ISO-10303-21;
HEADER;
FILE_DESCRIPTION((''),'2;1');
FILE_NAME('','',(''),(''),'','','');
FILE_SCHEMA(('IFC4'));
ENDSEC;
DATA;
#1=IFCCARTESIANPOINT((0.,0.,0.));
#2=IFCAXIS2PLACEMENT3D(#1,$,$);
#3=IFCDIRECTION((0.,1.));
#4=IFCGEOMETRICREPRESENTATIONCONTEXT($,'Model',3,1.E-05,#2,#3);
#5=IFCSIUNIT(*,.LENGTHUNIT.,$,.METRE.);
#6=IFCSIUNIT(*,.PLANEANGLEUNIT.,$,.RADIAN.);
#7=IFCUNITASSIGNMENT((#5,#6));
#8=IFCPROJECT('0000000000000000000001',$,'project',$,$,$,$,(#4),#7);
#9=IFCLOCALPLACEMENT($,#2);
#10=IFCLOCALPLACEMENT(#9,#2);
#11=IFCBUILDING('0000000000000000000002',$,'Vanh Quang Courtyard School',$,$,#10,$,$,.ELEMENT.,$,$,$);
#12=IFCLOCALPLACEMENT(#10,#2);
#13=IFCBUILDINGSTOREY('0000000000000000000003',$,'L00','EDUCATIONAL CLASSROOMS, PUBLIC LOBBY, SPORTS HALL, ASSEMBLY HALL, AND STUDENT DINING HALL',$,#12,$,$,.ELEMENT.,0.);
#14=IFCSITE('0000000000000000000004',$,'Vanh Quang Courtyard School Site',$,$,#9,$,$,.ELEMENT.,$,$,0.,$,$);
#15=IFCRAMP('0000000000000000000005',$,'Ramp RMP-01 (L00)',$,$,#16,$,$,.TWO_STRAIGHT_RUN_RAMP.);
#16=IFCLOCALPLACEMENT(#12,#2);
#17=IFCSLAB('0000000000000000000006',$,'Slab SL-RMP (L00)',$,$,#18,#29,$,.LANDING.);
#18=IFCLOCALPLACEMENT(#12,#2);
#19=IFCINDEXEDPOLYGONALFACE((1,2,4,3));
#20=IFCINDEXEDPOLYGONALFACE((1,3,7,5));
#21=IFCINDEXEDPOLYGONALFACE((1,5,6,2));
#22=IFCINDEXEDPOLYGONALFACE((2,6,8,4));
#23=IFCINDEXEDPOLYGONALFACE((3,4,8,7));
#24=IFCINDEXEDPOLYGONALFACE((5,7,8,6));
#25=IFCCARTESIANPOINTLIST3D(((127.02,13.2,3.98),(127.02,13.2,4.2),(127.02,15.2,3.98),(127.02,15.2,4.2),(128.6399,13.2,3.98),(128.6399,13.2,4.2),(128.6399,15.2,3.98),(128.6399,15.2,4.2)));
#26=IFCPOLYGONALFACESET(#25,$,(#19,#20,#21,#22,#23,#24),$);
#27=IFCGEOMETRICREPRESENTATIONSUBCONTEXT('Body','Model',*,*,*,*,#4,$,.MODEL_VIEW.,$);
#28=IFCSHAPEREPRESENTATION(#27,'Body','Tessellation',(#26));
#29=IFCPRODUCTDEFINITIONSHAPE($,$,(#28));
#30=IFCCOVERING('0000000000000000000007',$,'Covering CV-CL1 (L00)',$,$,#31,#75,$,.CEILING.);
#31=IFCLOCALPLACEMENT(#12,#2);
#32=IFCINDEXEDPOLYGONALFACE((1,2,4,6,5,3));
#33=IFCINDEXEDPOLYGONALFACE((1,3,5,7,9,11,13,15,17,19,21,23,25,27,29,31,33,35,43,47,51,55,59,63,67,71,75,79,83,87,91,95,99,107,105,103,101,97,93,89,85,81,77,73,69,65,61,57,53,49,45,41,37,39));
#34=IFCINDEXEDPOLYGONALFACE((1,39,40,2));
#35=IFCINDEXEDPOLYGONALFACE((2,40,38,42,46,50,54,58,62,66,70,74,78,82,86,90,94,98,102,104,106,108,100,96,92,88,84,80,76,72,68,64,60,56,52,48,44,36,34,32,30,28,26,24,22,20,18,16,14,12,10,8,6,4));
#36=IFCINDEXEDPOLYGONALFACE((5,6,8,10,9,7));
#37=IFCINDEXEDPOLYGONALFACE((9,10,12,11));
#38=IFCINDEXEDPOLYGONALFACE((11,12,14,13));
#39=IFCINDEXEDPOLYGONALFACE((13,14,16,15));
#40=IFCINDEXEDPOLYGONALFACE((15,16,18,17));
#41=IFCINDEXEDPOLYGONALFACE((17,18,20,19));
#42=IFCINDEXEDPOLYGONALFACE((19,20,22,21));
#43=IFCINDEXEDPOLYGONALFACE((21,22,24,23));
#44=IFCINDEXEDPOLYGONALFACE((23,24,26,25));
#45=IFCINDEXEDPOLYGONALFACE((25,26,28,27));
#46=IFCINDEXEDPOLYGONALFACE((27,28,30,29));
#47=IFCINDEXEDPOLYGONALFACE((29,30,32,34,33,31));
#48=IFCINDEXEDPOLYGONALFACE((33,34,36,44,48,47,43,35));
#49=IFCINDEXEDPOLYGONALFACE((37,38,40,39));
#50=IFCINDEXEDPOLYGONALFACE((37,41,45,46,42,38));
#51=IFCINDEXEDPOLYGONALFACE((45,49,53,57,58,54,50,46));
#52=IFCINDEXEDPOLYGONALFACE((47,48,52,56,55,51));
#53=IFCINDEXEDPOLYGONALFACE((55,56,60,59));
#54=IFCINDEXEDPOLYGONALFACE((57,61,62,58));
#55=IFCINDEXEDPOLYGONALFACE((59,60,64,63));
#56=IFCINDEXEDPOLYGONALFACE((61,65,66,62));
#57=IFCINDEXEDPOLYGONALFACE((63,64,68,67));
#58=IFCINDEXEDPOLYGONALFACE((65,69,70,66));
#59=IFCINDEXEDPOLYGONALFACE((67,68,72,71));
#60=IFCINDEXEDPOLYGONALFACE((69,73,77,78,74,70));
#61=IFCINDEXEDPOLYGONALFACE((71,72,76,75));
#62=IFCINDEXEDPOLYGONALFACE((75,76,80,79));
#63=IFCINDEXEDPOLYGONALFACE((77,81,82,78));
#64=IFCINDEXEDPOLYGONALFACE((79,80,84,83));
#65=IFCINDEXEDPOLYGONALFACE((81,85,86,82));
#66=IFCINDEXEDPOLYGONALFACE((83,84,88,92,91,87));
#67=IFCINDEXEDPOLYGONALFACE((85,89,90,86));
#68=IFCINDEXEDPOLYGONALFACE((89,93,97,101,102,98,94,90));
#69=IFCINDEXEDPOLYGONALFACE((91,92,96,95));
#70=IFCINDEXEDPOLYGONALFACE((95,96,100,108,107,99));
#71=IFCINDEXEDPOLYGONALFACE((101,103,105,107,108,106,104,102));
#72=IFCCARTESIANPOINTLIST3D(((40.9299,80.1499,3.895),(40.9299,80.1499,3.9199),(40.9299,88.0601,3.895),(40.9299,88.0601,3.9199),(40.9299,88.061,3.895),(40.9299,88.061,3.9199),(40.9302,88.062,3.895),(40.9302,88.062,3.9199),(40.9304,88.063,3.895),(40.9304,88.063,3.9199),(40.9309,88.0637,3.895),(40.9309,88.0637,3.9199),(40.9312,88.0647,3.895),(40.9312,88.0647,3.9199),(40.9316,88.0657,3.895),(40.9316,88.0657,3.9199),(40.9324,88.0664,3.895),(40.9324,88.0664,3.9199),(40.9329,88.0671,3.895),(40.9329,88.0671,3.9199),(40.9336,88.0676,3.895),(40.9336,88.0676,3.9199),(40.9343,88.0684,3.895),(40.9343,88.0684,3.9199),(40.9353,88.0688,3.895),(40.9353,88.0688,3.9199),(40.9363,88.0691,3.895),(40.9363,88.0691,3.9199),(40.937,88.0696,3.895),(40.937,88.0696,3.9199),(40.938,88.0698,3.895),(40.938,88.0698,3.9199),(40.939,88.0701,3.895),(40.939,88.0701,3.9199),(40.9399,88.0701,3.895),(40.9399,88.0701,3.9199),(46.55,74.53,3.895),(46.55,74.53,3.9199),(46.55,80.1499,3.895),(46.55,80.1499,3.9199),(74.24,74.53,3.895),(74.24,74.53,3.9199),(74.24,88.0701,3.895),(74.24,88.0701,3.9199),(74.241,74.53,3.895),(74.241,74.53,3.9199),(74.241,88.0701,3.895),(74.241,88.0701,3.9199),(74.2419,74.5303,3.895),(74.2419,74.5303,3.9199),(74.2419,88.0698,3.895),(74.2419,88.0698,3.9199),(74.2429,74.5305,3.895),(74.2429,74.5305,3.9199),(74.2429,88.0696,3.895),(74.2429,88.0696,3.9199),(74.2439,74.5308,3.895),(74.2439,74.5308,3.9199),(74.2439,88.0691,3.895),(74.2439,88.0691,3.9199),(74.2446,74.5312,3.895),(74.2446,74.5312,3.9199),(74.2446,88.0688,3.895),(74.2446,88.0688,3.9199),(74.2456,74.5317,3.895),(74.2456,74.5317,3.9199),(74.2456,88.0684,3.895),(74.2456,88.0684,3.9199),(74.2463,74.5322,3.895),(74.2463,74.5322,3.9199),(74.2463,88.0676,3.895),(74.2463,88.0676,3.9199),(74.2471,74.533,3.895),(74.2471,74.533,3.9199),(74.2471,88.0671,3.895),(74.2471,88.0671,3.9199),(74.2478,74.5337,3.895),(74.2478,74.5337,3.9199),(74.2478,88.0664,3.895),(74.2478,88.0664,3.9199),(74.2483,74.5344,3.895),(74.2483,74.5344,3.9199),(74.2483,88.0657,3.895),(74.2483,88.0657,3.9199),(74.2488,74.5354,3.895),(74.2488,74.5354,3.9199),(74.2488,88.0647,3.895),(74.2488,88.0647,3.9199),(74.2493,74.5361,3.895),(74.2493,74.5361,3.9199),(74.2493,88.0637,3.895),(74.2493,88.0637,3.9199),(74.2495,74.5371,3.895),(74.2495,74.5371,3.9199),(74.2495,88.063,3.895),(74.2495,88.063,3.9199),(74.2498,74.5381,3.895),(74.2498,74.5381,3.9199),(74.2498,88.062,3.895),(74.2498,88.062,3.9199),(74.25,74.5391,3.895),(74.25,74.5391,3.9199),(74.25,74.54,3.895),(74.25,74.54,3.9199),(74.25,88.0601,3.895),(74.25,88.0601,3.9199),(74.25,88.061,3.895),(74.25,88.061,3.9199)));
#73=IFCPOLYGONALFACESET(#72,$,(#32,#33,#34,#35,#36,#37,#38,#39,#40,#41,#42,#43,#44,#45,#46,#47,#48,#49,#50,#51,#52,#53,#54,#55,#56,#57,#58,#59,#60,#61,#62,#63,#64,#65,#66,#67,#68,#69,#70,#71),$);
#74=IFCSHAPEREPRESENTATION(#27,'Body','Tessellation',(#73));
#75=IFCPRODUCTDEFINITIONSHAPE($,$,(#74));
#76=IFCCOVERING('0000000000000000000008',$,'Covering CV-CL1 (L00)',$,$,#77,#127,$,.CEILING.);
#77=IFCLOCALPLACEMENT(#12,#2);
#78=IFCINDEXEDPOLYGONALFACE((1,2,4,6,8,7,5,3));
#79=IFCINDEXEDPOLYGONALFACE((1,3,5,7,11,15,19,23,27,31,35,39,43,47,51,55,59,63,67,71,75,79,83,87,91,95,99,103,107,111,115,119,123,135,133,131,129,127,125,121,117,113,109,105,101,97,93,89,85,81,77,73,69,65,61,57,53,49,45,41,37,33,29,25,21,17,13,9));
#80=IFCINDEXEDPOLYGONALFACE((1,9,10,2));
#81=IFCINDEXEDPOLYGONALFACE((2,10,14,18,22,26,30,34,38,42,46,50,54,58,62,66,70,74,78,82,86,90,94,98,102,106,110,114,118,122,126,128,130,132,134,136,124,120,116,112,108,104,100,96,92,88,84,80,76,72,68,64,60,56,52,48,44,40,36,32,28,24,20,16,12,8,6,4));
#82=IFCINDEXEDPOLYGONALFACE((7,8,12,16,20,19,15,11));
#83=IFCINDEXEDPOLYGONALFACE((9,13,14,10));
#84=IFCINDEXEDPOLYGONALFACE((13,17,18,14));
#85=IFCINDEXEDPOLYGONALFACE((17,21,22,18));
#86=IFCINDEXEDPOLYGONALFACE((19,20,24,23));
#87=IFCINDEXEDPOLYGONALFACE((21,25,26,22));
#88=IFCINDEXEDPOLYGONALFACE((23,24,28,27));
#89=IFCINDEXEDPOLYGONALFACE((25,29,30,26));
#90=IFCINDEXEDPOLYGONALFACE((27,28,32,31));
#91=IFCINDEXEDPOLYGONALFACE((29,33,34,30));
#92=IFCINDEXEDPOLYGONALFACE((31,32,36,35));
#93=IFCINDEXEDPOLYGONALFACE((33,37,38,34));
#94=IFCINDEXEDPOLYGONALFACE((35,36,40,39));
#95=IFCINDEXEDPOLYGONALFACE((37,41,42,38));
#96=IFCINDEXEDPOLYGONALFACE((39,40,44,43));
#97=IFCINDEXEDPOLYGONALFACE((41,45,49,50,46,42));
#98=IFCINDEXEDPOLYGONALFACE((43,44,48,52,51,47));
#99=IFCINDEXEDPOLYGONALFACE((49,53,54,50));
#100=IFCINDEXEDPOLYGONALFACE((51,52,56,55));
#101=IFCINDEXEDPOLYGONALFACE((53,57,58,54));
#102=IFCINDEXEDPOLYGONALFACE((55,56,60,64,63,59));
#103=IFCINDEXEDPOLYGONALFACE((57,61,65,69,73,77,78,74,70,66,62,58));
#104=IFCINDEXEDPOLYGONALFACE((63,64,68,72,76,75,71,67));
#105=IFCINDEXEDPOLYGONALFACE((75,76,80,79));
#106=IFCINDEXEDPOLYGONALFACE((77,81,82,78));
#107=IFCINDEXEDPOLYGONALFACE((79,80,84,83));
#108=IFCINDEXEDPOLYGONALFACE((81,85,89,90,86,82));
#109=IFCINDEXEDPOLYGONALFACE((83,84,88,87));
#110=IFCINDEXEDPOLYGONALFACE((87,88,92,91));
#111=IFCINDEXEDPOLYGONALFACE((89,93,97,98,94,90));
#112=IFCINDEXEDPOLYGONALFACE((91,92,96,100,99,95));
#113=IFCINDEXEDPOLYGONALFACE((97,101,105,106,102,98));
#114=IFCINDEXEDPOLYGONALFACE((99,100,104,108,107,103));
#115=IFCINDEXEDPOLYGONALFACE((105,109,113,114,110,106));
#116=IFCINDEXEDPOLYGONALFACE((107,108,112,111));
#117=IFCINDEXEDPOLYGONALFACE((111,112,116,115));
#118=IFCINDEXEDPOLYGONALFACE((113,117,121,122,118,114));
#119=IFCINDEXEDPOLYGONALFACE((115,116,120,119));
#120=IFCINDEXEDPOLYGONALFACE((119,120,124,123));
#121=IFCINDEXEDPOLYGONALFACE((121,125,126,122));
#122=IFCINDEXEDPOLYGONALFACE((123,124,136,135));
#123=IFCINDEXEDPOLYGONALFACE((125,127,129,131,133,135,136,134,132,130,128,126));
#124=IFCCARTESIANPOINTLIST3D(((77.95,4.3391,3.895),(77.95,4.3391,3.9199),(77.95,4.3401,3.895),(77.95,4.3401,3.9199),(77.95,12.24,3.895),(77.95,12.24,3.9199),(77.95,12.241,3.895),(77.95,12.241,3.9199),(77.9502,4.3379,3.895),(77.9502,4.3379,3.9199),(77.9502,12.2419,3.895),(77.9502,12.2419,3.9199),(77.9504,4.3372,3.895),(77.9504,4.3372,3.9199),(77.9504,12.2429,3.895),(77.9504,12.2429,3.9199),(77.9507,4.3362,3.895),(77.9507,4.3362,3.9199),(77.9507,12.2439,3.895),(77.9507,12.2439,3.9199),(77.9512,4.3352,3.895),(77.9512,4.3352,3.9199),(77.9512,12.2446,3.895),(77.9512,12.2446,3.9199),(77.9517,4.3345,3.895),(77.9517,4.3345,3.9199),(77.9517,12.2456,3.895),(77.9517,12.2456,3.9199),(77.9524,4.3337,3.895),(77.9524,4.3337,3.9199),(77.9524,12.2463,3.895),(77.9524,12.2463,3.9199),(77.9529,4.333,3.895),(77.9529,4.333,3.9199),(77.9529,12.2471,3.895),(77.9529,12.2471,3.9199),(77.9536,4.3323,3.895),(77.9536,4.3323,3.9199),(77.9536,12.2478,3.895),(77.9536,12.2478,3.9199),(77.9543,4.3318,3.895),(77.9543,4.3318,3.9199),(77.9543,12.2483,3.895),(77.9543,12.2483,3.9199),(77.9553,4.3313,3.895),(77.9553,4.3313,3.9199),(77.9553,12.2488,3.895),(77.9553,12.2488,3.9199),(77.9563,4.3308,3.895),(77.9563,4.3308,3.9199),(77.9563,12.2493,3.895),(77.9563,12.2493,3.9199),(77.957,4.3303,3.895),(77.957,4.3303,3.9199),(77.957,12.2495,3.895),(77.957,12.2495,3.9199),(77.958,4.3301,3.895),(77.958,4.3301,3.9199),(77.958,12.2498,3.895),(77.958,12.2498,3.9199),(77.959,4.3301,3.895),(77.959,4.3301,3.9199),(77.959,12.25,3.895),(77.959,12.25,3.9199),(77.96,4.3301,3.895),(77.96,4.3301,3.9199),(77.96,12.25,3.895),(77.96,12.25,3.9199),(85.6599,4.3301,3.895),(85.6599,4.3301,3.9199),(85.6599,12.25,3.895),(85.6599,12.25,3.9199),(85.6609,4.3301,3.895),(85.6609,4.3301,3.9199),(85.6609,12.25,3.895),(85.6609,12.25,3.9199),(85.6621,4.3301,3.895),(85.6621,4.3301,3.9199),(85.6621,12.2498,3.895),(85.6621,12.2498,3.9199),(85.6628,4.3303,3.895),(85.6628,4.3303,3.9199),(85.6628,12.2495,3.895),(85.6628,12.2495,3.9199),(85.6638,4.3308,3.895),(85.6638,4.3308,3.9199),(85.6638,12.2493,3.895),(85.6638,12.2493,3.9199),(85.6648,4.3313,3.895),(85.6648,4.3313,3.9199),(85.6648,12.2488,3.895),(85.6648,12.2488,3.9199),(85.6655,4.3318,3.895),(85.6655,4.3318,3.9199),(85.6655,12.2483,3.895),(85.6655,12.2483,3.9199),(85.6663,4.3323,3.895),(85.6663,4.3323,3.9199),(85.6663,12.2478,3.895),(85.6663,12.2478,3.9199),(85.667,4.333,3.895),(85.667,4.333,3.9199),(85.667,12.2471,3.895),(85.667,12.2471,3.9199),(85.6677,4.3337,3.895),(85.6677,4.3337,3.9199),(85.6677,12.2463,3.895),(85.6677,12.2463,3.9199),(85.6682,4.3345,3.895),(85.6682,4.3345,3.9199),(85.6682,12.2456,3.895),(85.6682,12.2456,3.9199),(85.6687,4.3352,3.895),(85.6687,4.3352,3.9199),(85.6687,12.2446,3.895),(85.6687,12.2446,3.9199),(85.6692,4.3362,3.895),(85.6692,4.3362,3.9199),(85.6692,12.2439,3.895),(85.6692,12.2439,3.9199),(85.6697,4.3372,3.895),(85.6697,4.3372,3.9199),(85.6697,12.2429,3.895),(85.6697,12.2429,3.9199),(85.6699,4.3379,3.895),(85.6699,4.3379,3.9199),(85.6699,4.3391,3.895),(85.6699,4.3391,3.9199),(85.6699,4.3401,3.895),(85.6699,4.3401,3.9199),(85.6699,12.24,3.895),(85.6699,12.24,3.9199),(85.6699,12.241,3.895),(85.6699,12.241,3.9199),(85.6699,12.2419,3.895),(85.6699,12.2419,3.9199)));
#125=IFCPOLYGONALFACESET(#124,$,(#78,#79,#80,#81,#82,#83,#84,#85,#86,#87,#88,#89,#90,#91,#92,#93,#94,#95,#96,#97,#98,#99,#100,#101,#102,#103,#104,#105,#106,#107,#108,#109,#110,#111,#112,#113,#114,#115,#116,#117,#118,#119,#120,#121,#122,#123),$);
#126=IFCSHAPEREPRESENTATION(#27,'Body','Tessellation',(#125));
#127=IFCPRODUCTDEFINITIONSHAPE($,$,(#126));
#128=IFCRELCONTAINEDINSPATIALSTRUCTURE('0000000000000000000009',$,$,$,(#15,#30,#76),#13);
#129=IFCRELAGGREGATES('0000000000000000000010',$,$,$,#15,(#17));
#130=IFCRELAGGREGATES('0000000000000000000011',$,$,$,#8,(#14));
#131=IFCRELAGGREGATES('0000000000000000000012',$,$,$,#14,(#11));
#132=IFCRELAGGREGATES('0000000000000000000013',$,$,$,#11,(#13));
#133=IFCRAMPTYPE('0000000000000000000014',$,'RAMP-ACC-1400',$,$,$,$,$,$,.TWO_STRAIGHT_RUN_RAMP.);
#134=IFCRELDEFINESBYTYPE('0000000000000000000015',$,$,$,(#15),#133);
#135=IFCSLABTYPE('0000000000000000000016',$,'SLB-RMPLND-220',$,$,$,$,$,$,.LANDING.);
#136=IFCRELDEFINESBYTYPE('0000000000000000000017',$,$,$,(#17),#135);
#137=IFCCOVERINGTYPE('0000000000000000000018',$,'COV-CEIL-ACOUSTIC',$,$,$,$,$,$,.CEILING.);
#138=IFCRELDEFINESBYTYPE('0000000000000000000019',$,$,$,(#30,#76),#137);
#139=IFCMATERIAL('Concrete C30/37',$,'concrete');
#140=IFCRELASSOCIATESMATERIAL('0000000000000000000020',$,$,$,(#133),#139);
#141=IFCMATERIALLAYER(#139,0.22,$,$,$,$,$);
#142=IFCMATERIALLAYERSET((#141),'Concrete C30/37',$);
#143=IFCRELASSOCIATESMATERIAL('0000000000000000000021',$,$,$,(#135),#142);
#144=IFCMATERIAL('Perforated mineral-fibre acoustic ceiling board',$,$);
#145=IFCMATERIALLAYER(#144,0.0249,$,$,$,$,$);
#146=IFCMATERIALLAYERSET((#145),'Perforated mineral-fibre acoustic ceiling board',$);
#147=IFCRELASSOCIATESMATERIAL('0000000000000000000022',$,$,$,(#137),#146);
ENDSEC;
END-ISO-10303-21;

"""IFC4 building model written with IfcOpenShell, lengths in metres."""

from ifc_helpers import new_model, si_unit, direction, frame, origin, place, context, subcontext, project, spatial, polyline, outline, extrude, material, layer, layer_set, type_object, element, aggregate, save


model = new_model("IFC4")

# Units and contexts
model_context = context("Model", 3, precision=1e-05, world=origin(), true_north=direction((0.0, 1.0)))
body_context = subcontext(model_context, "Body", "Model", "MODEL_VIEW")
ifc_project = project(units=[si_unit("LENGTHUNIT", "METRE"), si_unit("PLANEANGLEUNIT", "RADIAN")], contexts=[model_context])

# Site, building, storey
site_placement = place(None, origin())
site = spatial("IfcSite", under=ifc_project, at=site_placement, Name="Vanh Quang Courtyard School Site", CompositionType="ELEMENT", RefElevation=0.0)
building_placement = place(site_placement, origin())
building = spatial("IfcBuilding", under=site, at=building_placement, Name="Vanh Quang Courtyard School", CompositionType="ELEMENT")
storey_placement = place(building_placement, origin())
storey = spatial("IfcBuildingStorey", under=building, at=storey_placement, Name="L00", Description="EDUCATIONAL CLASSROOMS, PUBLIC LOBBY, SPORTS HALL, ASSEMBLY HALL, AND STUDENT DINING HALL", CompositionType="ELEMENT", Elevation=0.0)

# Ramp, slab
ifc_material_1 = material(Name="Concrete C30/37", Category="concrete")
ramp_type = type_object("IfcRampType", Name="RAMP-ACC-1400", PredefinedType="TWO_STRAIGHT_RUN_RAMP", material=ifc_material_1)
ramp_placement = place(storey_placement, origin())
ramp = element("IfcRamp", 1, at=ramp_placement, inside=storey, type_object=ramp_type, Name="Ramp RMP-01 (L00)", PredefinedType="TWO_STRAIGHT_RUN_RAMP")
ifc_layer_1 = layer(ifc_material_1, 0.22)
ifc_layer_set_1 = layer_set([ifc_layer_1], Name="Concrete C30/37")
slab_type = type_object("IfcSlabType", Name="SLB-RMPLND-220", PredefinedType="LANDING", material=ifc_layer_set_1)
slab_placement = place(storey_placement, frame((0.0, 0.0, 3.98)))
slab = element("IfcSlab", 2, at=slab_placement, type_object=slab_type, Name="Slab SL-RMP (L00)", PredefinedType="LANDING", context=body_context, shape_type="SweptSolid", body=[
    extrude(outline(polyline([(128.6399, 13.2), (128.6399, 15.2), (127.02, 15.2), (127.02, 13.2), (128.6399, 13.2)])), origin(), (0.0, 0.0, 1.0), 0.22),
])
aggregate(ramp, [slab])

# Coverings
ifc_material_2 = material(Name="Perforated mineral-fibre acoustic ceiling board")
ifc_layer_2 = layer(ifc_material_2, 0.0249)
ifc_layer_set_2 = layer_set([ifc_layer_2], Name="Perforated mineral-fibre acoustic ceiling board")
covering_type = type_object("IfcCoveringType", Name="COV-CEIL-ACOUSTIC", PredefinedType="CEILING", material=ifc_layer_set_2)
covering_1_placement = place(storey_placement, frame((0.0, 0.0, 3.895)))
element("IfcCovering", 3, at=covering_1_placement, inside=storey, type_object=covering_type, Name="Covering CV-CL1 (L00)", PredefinedType="CEILING", context=body_context, shape_type="SweptSolid", body=[
    extrude(outline(polyline([(40.9299, 88.0601), (40.9299, 88.061), (40.9302, 88.062), (40.9304, 88.063), (40.9309, 88.0637), (40.9312, 88.0647), (40.9316, 88.0657), (40.9324, 88.0664), (40.9329, 88.0671), (40.9336, 88.0676), (40.9343, 88.0684), (40.9353, 88.0688), (40.9363, 88.0691), (40.937, 88.0696), (40.938, 88.0698), (40.939, 88.0701), (40.9399, 88.0701), (74.24, 88.0701), (74.241, 88.0701), (74.2419, 88.0698), (74.2429, 88.0696), (74.2439, 88.0691), (74.2446, 88.0688), (74.2456, 88.0684), (74.2463, 88.0676), (74.2471, 88.0671), (74.2478, 88.0664), (74.2483, 88.0657), (74.2488, 88.0647), (74.2493, 88.0637), (74.2495, 88.063), (74.2498, 88.062), (74.25, 88.061), (74.25, 88.0601), (74.25, 74.54), (74.25, 74.5391), (74.2498, 74.5381), (74.2495, 74.5371), (74.2493, 74.5361), (74.2488, 74.5354), (74.2483, 74.5344), (74.2478, 74.5337), (74.2471, 74.533), (74.2463, 74.5322), (74.2456, 74.5317), (74.2446, 74.5312), (74.2439, 74.5308), (74.2429, 74.5305), (74.2419, 74.5303), (74.241, 74.53), (74.24, 74.53), (46.55, 74.53), (46.55, 80.1499), (40.9299, 80.1499), (40.9299, 88.0601)])), origin(), (0.0, 0.0, 1.0), 0.0249),
])
covering_2_placement = place(storey_placement, frame((0.0, 0.0, 3.895)))
element("IfcCovering", 4, at=covering_2_placement, inside=storey, type_object=covering_type, Name="Covering CV-CL1 (L00)", PredefinedType="CEILING", context=body_context, shape_type="SweptSolid", body=[
    extrude(outline(polyline([(77.96, 4.3301), (77.959, 4.3301), (77.958, 4.3301), (77.957, 4.3303), (77.9563, 4.3308), (77.9553, 4.3313), (77.9543, 4.3318), (77.9536, 4.3323), (77.9529, 4.333), (77.9524, 4.3337), (77.9517, 4.3345), (77.9512, 4.3352), (77.9507, 4.3362), (77.9504, 4.3372), (77.9502, 4.3379), (77.95, 4.3391), (77.95, 4.3401), (77.95, 12.24), (77.95, 12.241), (77.9502, 12.2419), (77.9504, 12.2429), (77.9507, 12.2439), (77.9512, 12.2446), (77.9517, 12.2456), (77.9524, 12.2463), (77.9529, 12.2471), (77.9536, 12.2478), (77.9543, 12.2483), (77.9553, 12.2488), (77.9563, 12.2493), (77.957, 12.2495), (77.958, 12.2498), (77.959, 12.25), (77.96, 12.25), (85.6599, 12.25), (85.6609, 12.25), (85.6621, 12.2498), (85.6628, 12.2495), (85.6638, 12.2493), (85.6648, 12.2488), (85.6655, 12.2483), (85.6663, 12.2478), (85.667, 12.2471), (85.6677, 12.2463), (85.6682, 12.2456), (85.6687, 12.2446), (85.6692, 12.2439), (85.6697, 12.2429), (85.6699, 12.2419), (85.6699, 12.241), (85.6699, 12.24), (85.6699, 4.3401), (85.6699, 4.3391), (85.6699, 4.3379), (85.6697, 4.3372), (85.6692, 4.3362), (85.6687, 4.3352), (85.6682, 4.3345), (85.6677, 4.3337), (85.667, 4.333), (85.6663, 4.3323), (85.6655, 4.3318), (85.6648, 4.3313), (85.6638, 4.3308), (85.6628, 4.3303), (85.6621, 4.3301), (85.6609, 4.3301), (85.6599, 4.3301), (77.96, 4.3301)])), origin(), (0.0, 0.0, 1.0), 0.0249),
])

save(model, "model.ifc")
